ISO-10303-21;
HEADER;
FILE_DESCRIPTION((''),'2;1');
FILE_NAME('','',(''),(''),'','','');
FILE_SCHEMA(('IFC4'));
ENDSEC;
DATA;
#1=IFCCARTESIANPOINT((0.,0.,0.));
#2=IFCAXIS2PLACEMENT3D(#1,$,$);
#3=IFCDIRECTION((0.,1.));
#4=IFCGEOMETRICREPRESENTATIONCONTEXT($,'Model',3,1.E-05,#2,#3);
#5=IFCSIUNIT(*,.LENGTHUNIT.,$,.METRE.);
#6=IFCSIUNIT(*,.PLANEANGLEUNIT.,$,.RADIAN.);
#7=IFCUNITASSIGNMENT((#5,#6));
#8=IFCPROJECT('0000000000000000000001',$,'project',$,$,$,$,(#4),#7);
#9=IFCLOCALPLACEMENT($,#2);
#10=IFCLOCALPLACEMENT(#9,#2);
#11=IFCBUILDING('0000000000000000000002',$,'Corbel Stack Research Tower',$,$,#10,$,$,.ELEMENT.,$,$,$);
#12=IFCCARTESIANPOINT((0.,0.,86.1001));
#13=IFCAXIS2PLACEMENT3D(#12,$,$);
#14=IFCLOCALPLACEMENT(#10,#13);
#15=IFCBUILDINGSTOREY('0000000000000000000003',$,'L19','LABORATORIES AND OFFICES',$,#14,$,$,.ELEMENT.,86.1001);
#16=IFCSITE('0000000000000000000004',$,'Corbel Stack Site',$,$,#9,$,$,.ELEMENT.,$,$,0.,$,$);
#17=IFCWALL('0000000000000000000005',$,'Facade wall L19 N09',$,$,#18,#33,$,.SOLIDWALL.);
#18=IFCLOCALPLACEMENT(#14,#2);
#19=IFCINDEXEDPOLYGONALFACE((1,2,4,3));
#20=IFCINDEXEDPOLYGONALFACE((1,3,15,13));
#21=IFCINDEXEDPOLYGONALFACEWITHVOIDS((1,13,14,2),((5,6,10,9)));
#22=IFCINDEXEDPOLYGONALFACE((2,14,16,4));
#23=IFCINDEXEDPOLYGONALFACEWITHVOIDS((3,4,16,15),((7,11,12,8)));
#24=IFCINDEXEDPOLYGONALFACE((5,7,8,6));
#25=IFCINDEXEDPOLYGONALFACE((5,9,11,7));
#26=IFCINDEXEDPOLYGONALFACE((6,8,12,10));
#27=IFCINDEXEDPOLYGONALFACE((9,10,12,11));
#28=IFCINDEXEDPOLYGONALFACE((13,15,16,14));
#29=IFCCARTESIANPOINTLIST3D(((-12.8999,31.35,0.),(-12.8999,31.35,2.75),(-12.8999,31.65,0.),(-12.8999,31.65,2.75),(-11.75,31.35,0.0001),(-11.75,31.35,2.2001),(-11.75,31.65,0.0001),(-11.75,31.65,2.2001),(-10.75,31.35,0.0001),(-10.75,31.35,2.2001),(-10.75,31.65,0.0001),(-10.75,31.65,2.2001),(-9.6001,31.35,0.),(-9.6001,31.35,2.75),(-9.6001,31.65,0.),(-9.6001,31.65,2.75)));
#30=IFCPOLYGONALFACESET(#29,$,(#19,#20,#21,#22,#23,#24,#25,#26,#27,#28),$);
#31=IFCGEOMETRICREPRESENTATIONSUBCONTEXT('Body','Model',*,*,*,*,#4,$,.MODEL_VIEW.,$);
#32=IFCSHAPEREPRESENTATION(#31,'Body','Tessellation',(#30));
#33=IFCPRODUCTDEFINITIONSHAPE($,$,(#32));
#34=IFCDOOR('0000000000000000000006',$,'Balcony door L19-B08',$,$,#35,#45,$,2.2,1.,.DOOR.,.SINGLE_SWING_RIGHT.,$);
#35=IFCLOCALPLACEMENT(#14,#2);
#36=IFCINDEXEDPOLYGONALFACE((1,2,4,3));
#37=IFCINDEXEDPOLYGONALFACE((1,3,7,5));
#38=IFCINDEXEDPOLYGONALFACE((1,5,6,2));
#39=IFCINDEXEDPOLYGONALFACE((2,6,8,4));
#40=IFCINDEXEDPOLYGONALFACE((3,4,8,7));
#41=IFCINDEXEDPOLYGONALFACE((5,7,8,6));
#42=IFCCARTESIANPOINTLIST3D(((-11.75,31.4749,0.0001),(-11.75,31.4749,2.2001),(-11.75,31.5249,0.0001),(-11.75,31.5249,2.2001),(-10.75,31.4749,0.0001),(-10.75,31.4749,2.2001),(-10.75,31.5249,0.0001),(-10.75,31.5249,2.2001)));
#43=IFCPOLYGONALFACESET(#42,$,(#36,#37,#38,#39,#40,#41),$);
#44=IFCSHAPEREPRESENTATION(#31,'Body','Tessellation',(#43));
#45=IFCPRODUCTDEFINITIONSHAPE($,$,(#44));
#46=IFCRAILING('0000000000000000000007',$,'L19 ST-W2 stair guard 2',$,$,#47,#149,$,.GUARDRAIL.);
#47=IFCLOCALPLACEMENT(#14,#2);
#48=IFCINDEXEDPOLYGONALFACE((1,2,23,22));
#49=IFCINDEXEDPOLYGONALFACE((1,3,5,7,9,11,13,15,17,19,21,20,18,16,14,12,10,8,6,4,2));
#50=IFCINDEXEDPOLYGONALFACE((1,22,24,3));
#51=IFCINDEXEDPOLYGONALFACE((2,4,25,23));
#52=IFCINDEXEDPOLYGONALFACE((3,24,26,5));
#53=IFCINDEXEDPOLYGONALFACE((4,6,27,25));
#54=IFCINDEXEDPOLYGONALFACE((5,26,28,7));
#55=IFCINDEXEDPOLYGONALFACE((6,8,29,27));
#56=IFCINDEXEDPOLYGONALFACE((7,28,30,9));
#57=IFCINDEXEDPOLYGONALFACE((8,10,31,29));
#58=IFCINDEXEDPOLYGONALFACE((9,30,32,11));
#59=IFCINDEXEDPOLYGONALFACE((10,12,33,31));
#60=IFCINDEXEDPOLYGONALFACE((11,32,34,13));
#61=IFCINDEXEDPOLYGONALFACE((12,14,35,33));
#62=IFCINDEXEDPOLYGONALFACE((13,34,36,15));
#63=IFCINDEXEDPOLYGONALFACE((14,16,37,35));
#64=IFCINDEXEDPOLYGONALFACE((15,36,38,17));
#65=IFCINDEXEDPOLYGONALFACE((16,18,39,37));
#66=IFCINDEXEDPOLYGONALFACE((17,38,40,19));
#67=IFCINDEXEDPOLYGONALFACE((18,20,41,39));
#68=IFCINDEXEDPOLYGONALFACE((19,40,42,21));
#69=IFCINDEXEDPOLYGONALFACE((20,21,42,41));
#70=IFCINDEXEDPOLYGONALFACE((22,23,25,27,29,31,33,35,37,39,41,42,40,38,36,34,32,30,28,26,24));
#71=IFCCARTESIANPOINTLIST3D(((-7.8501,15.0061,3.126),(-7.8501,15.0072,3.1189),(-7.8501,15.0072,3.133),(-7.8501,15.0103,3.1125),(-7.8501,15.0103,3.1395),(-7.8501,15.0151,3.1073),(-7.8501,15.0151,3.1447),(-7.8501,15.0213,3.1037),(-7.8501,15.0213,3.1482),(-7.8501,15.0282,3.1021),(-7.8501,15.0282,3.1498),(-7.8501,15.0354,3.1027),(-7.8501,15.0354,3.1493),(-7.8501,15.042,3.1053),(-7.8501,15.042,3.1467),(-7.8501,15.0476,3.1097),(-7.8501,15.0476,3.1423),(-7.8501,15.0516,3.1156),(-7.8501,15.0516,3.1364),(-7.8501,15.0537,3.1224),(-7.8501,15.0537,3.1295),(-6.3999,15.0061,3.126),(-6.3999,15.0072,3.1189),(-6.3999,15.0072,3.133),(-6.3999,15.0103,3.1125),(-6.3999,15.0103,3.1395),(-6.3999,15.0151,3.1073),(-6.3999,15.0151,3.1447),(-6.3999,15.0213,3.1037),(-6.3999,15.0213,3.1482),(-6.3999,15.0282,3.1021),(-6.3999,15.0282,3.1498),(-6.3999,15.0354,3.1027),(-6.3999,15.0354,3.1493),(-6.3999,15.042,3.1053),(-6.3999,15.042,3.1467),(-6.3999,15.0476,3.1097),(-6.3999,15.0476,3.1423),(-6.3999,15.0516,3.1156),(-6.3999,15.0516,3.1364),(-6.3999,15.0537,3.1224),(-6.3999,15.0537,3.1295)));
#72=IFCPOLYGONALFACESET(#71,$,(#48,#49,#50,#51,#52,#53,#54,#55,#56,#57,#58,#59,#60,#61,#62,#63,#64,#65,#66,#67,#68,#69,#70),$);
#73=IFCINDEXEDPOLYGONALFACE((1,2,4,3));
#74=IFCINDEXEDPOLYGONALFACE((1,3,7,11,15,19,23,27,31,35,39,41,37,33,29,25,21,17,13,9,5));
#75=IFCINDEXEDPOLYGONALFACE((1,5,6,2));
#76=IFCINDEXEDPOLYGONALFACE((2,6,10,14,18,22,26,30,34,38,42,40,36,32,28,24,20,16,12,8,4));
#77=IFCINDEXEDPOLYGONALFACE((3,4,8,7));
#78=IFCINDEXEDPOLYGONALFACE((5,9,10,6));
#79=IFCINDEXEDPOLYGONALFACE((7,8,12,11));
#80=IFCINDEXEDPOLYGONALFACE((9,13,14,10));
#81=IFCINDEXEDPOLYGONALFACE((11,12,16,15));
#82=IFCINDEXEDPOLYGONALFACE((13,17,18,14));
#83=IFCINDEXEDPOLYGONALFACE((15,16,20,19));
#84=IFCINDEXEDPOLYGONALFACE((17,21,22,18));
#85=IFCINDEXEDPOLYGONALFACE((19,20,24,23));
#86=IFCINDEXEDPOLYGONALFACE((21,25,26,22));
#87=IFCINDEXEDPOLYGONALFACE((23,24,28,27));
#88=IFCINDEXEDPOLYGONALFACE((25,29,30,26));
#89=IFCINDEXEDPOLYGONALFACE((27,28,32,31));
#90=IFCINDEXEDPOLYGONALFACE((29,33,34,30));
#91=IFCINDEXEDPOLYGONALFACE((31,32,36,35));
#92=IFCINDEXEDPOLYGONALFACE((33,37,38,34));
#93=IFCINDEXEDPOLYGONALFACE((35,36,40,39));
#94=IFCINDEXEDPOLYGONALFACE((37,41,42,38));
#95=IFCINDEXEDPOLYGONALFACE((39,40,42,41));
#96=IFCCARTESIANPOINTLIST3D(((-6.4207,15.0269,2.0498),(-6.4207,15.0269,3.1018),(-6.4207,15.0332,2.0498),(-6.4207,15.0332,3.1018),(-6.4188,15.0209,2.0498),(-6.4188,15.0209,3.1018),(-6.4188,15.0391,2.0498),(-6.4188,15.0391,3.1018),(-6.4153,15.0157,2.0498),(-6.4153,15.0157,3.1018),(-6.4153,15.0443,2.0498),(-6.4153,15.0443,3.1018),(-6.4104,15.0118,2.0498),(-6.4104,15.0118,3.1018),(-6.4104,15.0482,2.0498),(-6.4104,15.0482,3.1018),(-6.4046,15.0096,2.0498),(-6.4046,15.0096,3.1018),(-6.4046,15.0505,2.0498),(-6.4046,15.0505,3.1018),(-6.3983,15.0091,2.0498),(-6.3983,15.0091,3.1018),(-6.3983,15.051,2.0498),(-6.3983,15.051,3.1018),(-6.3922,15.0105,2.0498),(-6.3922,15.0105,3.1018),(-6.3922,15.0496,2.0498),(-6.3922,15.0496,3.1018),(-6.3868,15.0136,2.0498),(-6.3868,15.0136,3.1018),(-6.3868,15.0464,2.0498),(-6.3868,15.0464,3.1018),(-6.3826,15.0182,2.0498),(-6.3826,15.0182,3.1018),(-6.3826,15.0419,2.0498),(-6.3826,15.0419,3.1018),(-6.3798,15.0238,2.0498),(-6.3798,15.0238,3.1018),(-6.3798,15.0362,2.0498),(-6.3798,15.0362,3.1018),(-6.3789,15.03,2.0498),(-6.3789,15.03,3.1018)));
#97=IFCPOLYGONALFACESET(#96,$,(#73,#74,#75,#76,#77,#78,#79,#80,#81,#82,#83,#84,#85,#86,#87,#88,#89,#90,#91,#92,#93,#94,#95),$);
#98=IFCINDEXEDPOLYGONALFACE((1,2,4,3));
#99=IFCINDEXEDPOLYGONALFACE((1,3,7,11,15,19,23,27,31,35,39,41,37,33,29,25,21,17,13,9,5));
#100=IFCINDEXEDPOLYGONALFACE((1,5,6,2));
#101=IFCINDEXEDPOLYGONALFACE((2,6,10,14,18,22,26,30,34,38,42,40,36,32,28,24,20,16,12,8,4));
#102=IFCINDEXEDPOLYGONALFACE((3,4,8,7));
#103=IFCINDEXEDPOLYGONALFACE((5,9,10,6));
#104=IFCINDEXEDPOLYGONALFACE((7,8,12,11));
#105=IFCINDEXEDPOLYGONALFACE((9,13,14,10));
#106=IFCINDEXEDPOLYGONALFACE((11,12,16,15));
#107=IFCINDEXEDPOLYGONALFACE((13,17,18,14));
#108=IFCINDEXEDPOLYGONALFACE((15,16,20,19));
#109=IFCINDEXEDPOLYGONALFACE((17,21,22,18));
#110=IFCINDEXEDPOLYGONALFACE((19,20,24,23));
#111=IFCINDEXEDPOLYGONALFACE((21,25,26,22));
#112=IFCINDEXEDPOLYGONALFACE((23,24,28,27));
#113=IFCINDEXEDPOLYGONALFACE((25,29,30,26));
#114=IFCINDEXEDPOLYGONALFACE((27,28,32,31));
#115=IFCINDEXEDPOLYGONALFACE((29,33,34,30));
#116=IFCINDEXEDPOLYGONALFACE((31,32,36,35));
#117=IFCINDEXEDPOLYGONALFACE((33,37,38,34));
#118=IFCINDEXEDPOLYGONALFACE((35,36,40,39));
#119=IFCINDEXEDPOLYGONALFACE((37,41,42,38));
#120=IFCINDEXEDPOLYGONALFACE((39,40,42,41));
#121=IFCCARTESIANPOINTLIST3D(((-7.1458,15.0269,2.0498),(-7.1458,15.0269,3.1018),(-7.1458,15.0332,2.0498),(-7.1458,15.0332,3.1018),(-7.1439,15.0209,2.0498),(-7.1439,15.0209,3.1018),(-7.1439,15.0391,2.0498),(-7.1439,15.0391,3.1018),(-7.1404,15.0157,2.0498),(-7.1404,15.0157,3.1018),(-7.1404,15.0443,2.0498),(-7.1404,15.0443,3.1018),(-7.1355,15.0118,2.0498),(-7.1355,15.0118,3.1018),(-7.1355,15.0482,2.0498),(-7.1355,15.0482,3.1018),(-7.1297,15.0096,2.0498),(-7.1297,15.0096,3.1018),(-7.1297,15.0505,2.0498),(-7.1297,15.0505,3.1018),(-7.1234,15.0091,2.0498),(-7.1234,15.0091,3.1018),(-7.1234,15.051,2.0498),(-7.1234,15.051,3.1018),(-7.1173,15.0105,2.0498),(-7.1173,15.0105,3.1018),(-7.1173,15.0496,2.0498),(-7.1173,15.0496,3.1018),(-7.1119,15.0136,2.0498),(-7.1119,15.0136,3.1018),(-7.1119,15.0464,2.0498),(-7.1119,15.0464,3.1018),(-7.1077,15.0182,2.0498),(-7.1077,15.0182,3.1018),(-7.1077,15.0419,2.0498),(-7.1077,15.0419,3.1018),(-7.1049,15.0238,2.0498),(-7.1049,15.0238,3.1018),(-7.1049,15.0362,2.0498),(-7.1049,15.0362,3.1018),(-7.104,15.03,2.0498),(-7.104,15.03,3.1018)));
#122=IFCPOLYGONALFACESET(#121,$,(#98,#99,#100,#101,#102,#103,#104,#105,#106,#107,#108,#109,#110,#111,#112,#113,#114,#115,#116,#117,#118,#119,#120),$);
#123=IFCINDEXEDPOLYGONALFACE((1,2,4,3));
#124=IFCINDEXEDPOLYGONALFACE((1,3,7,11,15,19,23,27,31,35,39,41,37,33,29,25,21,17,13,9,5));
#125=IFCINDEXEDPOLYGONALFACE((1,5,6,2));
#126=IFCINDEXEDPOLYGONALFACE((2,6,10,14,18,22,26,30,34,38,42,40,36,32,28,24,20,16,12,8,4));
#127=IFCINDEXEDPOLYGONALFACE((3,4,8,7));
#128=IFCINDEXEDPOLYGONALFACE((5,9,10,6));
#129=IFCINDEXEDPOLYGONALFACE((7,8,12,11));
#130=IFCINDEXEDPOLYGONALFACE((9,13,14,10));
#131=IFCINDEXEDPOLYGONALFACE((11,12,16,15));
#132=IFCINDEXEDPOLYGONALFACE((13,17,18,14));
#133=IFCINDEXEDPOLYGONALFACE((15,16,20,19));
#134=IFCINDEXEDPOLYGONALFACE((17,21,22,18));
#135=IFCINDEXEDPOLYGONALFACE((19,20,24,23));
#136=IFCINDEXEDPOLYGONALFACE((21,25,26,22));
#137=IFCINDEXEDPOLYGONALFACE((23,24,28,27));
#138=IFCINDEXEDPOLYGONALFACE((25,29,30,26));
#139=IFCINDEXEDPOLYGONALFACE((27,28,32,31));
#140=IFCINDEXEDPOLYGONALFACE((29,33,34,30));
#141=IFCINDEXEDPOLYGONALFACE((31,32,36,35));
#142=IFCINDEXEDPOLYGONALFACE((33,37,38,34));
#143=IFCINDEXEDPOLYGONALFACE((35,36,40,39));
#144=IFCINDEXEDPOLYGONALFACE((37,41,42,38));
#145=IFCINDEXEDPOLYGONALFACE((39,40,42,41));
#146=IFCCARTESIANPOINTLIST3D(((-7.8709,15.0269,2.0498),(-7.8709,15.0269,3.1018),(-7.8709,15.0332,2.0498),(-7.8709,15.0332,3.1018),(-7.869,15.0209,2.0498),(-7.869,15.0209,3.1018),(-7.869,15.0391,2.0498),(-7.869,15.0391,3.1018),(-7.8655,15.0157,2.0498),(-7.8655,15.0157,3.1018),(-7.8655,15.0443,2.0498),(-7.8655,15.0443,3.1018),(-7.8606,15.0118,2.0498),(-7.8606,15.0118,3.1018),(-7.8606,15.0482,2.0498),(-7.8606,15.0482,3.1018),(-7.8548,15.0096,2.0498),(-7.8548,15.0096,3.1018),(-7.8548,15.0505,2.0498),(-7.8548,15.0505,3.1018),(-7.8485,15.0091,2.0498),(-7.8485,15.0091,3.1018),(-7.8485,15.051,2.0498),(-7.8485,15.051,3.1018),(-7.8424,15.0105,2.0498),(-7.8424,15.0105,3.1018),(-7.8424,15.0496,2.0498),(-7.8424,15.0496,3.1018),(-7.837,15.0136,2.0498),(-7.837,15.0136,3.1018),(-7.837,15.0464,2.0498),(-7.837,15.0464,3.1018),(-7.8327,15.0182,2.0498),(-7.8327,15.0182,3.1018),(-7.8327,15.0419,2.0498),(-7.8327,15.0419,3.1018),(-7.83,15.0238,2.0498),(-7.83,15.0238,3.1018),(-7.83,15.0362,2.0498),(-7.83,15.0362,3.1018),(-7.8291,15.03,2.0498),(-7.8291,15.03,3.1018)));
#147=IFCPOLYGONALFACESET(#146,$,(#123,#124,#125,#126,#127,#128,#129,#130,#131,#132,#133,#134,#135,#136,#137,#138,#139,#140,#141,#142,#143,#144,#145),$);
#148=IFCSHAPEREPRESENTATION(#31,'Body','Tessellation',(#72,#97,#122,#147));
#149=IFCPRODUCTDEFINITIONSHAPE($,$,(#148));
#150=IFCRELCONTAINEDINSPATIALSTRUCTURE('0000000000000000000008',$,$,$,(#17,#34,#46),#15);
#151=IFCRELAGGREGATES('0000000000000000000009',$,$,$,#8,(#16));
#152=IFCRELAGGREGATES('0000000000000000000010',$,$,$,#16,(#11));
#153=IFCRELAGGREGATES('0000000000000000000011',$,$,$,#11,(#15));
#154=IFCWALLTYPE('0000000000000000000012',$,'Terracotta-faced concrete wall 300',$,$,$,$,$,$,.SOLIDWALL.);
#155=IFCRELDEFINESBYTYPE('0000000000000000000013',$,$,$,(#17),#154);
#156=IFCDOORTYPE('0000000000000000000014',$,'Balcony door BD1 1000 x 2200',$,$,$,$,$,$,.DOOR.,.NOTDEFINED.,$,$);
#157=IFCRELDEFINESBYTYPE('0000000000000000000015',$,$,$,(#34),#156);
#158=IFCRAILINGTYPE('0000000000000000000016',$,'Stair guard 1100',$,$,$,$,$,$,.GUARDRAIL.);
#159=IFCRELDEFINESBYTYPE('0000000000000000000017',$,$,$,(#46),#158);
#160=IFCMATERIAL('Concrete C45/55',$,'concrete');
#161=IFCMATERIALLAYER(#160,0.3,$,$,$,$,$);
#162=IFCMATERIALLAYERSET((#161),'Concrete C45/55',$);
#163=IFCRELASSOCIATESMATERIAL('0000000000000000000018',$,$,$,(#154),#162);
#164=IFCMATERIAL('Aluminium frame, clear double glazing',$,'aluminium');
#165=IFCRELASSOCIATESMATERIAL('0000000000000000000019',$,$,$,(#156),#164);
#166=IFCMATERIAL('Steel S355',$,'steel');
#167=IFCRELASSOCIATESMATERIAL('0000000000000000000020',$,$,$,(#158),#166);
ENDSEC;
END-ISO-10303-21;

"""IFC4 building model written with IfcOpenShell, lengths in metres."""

from ifc_helpers import new_model, si_unit, direction, frame, frame_2d, origin, origin_2d, place, context, subcontext, project, spatial, rectangle, circle, extrude, material, layer, layer_set, type_object, element, fill, save


model = new_model("IFC4")

# Units and contexts
model_context = context("Model", 3, precision=1e-05, world=origin(), true_north=direction((0.0, 1.0)))
body_context = subcontext(model_context, "Body", "Model", "MODEL_VIEW")
ifc_project = project(units=[si_unit("LENGTHUNIT", "METRE"), si_unit("PLANEANGLEUNIT", "RADIAN")], contexts=[model_context])

# Site, building, storey
site_placement = place(None, origin())
site = spatial("IfcSite", under=ifc_project, at=site_placement, Name="Corbel Stack Site", CompositionType="ELEMENT", RefElevation=0.0)
building_placement = place(site_placement, origin())
building = spatial("IfcBuilding", under=site, at=building_placement, Name="Corbel Stack Research Tower", CompositionType="ELEMENT")
storey_placement = place(building_placement, frame((0.0, 0.0, 86.1001)))
storey = spatial("IfcBuildingStorey", under=building, at=storey_placement, Name="L19", Description="LABORATORIES AND OFFICES", CompositionType="ELEMENT", Elevation=86.1001)

# Shared definitions
ifc_material_1 = material(Name="Concrete C45/55", Category="concrete")
ifc_layer_1 = layer(ifc_material_1, 0.3)
ifc_layer_set_1 = layer_set([ifc_layer_1], Name="Concrete C45/55")
wall_type_1 = type_object("IfcWallType", Name="Terracotta-faced concrete wall 300", PredefinedType="SOLIDWALL", material=ifc_layer_set_1)

# Wall, opening, door
wall_1_placement = place(storey_placement, frame((-12.8999, 31.5, 0.0), z_axis=(0.0, 0.0, 1.0), x_axis=(1.0, 0.0, 0.0)))
wall_1 = element("IfcWall", 1, at=wall_1_placement, inside=storey, type_object=wall_type_1, Name="Facade wall L19 N09", PredefinedType="SOLIDWALL", context=body_context, shape_type="SweptSolid", body=[
    extrude(rectangle(XDim=3.2998, YDim=0.3, at=frame_2d((1.6499, 0.0))), origin(), (0.0, 0.0, 1.0), 2.75),
])
opening_1_placement = place(wall_1_placement, frame((1.1499, 0.0, 0.0)))
opening_1 = element("IfcOpeningElement", 2, at=opening_1_placement, cuts=wall_1, PredefinedType="OPENING", context=body_context, shape_type="SweptSolid", body=[
    extrude(rectangle(XDim=1.0, YDim=2.2, at=frame_2d((0.5, 1.1001))), frame((0.0, 0.1599, 0.0), z_axis=(0.0, -1.0, 0.0), x_axis=(1.0, 0.0, 0.0)), (0.0, 0.0, 1.0), 0.3201),
])
ifc_material_2 = material(Name="Aluminium frame, clear double glazing", Category="aluminium")
door_type_1 = type_object("IfcDoorType", Name="Balcony door BD1 1000 x 2200", OperationType="NOTDEFINED", PredefinedType="DOOR", material=ifc_material_2)
door_1_placement = place(opening_1_placement, origin())
door_1 = element("IfcDoor", 3, at=door_1_placement, inside=storey, type_object=door_type_1, Name="Balcony door L19-B08", OperationType="SINGLE_SWING_RIGHT", OverallHeight=2.2, OverallWidth=1.0, PredefinedType="DOOR", context=body_context, shape_type="SweptSolid", body=[
    extrude(rectangle(XDim=1.0, YDim=2.2, at=frame_2d((0.5, 1.1001))), frame((0.0, 0.0249, 0.0), z_axis=(0.0, -1.0, 0.0), x_axis=(1.0, 0.0, 0.0)), (0.0, 0.0, 1.0), 0.05),
])
fill(opening_1, door_1)

# Railing
ifc_material_3 = material(Name="Steel S355", Category="steel")
railing_type = type_object("IfcRailingType", Name="Stair guard 1100", PredefinedType="GUARDRAIL", material=ifc_material_3)
railing_1_placement = place(storey_placement, frame((-6.3999, 15.03, 2.0498)))
element("IfcRailing", 4, at=railing_1_placement, inside=storey, type_object=railing_type, Name="L19 ST-W2 stair guard 2", PredefinedType="GUARDRAIL", context=body_context, shape_type="SweptSolid", body=[
    extrude(circle(Radius=0.0239, at=origin_2d()), frame((0.0, 0.0, 1.0762), z_axis=(-1.0, 0.0, 0.0), x_axis=(0.0, -1.0, 0.0)), (0.0, 0.0, 1.0), 1.4502),
    extrude(circle(Radius=0.021, at=origin_2d()), origin(), (0.0, 0.0, 1.0), 1.052),
    extrude(circle(Radius=0.021, at=origin_2d()), frame((-0.7251, 0.0, 0.0)), (0.0, 0.0, 1.0), 1.052),
    extrude(circle(Radius=0.021, at=origin_2d()), frame((-1.4502, 0.0, 0.0)), (0.0, 0.0, 1.0), 1.052),
])

save(model, "model.ifc")
